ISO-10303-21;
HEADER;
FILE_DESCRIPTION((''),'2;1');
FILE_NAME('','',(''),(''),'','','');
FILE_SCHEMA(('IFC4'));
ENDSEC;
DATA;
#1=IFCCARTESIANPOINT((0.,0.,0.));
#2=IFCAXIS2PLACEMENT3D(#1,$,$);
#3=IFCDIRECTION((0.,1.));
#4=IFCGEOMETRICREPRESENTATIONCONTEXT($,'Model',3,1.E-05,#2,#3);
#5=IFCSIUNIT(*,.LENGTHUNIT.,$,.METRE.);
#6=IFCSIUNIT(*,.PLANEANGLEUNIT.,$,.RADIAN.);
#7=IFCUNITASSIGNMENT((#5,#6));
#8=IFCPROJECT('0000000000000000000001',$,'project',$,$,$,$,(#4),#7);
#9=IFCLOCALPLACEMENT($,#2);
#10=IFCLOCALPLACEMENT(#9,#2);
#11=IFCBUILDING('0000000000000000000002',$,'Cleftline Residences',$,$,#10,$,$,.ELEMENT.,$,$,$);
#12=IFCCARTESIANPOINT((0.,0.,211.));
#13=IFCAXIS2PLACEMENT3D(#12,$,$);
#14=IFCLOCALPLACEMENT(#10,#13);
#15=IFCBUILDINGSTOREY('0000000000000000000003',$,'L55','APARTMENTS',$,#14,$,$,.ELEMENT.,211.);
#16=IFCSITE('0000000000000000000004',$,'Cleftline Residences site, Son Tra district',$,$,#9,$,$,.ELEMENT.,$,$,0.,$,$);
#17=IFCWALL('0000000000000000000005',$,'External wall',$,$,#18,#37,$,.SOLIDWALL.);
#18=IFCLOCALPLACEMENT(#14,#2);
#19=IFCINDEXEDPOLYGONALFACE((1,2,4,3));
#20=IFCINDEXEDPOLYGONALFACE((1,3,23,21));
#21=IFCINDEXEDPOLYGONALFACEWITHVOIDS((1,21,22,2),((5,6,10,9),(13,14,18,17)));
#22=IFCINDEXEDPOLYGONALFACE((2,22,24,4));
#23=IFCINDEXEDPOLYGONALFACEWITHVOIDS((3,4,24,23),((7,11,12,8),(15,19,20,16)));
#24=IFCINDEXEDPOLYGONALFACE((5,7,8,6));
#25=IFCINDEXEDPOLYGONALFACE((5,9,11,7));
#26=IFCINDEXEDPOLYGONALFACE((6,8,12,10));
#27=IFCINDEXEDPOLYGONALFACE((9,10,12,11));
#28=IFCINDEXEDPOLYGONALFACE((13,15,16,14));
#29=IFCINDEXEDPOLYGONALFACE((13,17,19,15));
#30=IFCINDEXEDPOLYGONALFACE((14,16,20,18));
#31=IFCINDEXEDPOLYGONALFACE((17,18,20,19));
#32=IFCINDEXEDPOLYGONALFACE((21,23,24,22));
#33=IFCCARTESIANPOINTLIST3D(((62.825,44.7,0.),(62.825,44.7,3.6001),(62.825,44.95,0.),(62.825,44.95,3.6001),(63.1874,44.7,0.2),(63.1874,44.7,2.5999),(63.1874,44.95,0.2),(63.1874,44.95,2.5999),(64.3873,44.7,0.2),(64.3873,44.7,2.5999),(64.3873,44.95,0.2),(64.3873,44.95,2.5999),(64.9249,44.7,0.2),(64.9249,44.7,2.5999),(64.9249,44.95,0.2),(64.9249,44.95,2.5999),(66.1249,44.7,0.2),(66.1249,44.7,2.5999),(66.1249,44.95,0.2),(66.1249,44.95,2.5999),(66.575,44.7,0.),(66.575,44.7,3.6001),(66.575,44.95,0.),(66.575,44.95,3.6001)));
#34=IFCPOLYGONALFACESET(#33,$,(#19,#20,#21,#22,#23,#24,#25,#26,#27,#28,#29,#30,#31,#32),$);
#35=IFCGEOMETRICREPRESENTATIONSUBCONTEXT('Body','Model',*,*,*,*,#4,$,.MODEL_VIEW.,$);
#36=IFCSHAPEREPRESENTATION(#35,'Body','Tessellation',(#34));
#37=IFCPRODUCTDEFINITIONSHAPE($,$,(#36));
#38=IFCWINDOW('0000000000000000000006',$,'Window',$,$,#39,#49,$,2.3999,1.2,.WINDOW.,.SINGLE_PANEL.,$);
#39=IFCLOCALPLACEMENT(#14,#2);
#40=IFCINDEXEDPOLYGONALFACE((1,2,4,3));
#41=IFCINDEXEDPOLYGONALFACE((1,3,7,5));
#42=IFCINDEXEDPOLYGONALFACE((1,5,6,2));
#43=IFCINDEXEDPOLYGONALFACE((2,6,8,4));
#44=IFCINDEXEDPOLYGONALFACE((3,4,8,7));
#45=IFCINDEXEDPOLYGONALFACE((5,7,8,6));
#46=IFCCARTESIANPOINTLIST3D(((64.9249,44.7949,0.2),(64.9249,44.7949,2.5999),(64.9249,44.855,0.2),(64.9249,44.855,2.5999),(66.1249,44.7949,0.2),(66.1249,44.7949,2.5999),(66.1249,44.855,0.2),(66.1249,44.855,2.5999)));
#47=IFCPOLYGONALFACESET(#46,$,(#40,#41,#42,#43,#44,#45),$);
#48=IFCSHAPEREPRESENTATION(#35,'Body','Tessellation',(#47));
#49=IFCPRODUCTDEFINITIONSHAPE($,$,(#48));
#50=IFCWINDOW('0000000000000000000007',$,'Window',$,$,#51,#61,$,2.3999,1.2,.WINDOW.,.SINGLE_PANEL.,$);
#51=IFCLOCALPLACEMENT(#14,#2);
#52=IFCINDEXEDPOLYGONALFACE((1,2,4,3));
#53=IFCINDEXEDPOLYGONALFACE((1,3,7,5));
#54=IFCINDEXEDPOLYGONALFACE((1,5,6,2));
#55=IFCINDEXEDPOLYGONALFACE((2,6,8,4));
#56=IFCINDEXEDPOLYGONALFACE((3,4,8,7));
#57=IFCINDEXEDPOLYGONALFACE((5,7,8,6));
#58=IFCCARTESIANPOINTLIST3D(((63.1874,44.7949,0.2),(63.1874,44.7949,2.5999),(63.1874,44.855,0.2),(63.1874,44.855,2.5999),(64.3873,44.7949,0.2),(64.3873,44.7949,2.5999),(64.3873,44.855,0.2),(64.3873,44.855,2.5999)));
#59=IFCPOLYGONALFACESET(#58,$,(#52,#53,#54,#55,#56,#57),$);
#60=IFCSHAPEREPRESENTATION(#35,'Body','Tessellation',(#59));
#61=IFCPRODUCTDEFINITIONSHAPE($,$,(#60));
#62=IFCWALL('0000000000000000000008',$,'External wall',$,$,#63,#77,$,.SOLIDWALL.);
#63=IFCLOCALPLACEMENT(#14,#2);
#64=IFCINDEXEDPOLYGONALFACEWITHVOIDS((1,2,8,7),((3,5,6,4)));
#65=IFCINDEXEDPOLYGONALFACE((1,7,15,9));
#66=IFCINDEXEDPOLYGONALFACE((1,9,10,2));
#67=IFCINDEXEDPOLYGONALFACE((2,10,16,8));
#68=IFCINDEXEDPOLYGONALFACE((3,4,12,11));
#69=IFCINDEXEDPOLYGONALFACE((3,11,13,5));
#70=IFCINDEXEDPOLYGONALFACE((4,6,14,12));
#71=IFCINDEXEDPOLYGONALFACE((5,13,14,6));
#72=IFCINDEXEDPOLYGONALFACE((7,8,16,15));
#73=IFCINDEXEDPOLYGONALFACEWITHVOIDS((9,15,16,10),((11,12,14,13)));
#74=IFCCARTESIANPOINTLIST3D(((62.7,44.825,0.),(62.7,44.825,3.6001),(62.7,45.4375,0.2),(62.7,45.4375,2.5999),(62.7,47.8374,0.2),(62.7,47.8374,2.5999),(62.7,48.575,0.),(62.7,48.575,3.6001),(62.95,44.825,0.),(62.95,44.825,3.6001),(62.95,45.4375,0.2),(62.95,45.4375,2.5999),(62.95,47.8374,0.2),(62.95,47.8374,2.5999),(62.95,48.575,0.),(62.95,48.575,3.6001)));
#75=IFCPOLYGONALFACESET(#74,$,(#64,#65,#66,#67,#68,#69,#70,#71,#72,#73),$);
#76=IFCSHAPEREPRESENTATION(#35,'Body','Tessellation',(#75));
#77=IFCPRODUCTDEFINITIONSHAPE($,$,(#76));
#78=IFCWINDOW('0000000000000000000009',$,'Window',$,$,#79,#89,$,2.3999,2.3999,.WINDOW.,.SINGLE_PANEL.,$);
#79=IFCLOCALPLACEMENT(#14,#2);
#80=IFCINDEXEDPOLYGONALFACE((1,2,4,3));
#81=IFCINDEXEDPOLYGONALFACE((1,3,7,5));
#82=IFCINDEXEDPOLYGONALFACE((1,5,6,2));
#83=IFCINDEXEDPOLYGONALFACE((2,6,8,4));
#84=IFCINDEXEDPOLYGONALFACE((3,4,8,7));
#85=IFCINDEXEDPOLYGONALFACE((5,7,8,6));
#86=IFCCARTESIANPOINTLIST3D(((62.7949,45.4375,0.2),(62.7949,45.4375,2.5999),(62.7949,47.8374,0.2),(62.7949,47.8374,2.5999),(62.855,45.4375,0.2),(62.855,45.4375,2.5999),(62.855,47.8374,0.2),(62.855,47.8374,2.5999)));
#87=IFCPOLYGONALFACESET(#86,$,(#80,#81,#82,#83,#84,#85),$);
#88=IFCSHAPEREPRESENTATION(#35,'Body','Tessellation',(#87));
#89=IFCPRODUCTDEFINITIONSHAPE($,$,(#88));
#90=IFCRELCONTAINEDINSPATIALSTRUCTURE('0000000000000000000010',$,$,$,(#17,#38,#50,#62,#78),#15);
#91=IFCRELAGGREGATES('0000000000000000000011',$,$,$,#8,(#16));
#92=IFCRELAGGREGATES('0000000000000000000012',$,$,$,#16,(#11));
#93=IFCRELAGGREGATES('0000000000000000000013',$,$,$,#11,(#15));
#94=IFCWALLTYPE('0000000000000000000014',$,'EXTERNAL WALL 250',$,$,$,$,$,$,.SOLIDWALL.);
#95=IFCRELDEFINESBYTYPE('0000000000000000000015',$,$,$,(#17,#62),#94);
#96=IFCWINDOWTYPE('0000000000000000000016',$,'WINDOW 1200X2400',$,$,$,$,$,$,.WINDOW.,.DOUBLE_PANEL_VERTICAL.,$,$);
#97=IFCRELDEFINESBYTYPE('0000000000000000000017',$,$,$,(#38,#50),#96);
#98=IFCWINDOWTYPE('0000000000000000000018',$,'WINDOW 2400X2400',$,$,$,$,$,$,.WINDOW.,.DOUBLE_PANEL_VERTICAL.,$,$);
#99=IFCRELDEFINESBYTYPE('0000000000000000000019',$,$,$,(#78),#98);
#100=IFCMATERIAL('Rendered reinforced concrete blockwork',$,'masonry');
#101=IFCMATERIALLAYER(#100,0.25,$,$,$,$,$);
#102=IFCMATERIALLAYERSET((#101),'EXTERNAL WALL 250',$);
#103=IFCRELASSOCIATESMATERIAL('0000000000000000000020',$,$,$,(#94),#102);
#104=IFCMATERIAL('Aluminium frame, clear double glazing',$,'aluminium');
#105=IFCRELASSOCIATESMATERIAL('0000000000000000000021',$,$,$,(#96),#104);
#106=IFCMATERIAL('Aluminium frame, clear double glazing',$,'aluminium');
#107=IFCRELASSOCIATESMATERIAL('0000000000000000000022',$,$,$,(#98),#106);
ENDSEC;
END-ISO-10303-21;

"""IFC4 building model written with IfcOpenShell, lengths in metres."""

from ifc_helpers import new_model, si_unit, direction, frame, frame_2d, origin, place, context, subcontext, project, spatial, rectangle, extrude, material, layer, layer_set, type_object, element, fill, save


model = new_model("IFC4")

# Units and contexts
model_context = context("Model", 3, precision=1e-05, world=origin(), true_north=direction((0.0, 1.0)))
body_context = subcontext(model_context, "Body", "Model", "MODEL_VIEW")
ifc_project = project(units=[si_unit("LENGTHUNIT", "METRE"), si_unit("PLANEANGLEUNIT", "RADIAN")], contexts=[model_context])

# Site, building, storey
site_placement = place(None, origin())
site = spatial("IfcSite", under=ifc_project, at=site_placement, Name="Cleftline Residences site, Son Tra district", CompositionType="ELEMENT", RefElevation=0.0)
building_placement = place(site_placement, origin())
building = spatial("IfcBuilding", under=site, at=building_placement, Name="Cleftline Residences", CompositionType="ELEMENT")
storey_placement = place(building_placement, frame((0.0, 0.0, 211.0)))
storey = spatial("IfcBuildingStorey", under=building, at=storey_placement, Name="L55", Description="APARTMENTS", CompositionType="ELEMENT", Elevation=211.0)

# Wall, openings, windows
ifc_material_1 = material(Name="Rendered reinforced concrete blockwork", Category="masonry")
ifc_layer_1 = layer(ifc_material_1, 0.25)
ifc_layer_set_1 = layer_set([ifc_layer_1], Name="EXTERNAL WALL 250")
wall_type_1 = type_object("IfcWallType", Name="EXTERNAL WALL 250", PredefinedType="SOLIDWALL", material=ifc_layer_set_1)
wall_1_placement = place(storey_placement, frame((66.575, 44.825, 0.0), z_axis=(0.0, 0.0, 1.0), x_axis=(-1.0, 0.0, 0.0)))
wall_1 = element("IfcWall", 1, at=wall_1_placement, inside=storey, type_object=wall_type_1, Name="External wall", PredefinedType="SOLIDWALL", context=body_context, shape_type="SweptSolid", body=[
    extrude(rectangle(XDim=3.75, YDim=0.25, at=frame_2d((1.875, 0.0))), origin(), (0.0, 0.0, 1.0), 3.6001),
])
opening_1_placement = place(wall_1_placement, frame((0.45, 0.0, 0.2)))
opening_1 = element("IfcOpeningElement", 2, at=opening_1_placement, cuts=wall_1, PredefinedType="OPENING", context=body_context, shape_type="SweptSolid", body=[
    extrude(rectangle(XDim=1.2, YDim=2.3999, at=frame_2d((0.6001, 1.2))), frame((0.0, 0.135, 0.0), z_axis=(0.0, -1.0, 0.0), x_axis=(1.0, 0.0, 0.0)), (0.0, 0.0, 1.0), 0.27),
])
opening_2_placement = place(wall_1_placement, frame((2.1875, 0.0, 0.2)))
opening_2 = element("IfcOpeningElement", 3, at=opening_2_placement, cuts=wall_1, PredefinedType="OPENING", context=body_context, shape_type="SweptSolid", body=[
    extrude(rectangle(XDim=1.2, YDim=2.3999, at=frame_2d((0.6001, 1.2))), frame((0.0, 0.135, 0.0), z_axis=(0.0, -1.0, 0.0), x_axis=(1.0, 0.0, 0.0)), (0.0, 0.0, 1.0), 0.27),
])
ifc_material_2 = material(Name="Aluminium frame, clear double glazing", Category="aluminium")
window_type_1 = type_object("IfcWindowType", Name="WINDOW 1200X2400", PartitioningType="DOUBLE_PANEL_VERTICAL", PredefinedType="WINDOW", material=ifc_material_2)
window_1_placement = place(opening_1_placement, origin())
window_1 = element("IfcWindow", 4, at=window_1_placement, inside=storey, type_object=window_type_1, Name="Window", OverallHeight=2.3999, OverallWidth=1.2, PartitioningType="SINGLE_PANEL", PredefinedType="WINDOW", context=body_context, shape_type="SweptSolid", body=[
    extrude(rectangle(XDim=1.2, YDim=2.3999, at=frame_2d((0.6001, 1.2))), frame((0.0, 0.03, 0.0), z_axis=(0.0, -1.0, 0.0), x_axis=(1.0, 0.0, 0.0)), (0.0, 0.0, 1.0), 0.0601),
])
fill(opening_1, window_1)
window_2_placement = place(opening_2_placement, origin())
window_2 = element("IfcWindow", 5, at=window_2_placement, inside=storey, type_object=window_type_1, Name="Window", OverallHeight=2.3999, OverallWidth=1.2, PartitioningType="SINGLE_PANEL", PredefinedType="WINDOW", context=body_context, shape_type="SweptSolid", body=[
    extrude(rectangle(XDim=1.2, YDim=2.3999, at=frame_2d((0.6001, 1.2))), frame((0.0, 0.03, 0.0), z_axis=(0.0, -1.0, 0.0), x_axis=(1.0, 0.0, 0.0)), (0.0, 0.0, 1.0), 0.0601),
])
fill(opening_2, window_2)

# Wall, opening, window
wall_2_placement = place(storey_placement, frame((62.825, 44.825, 0.0), z_axis=(0.0, 0.0, 1.0), x_axis=(0.0, 1.0, 0.0)))
wall_2 = element("IfcWall", 6, at=wall_2_placement, inside=storey, type_object=wall_type_1, Name="External wall", PredefinedType="SOLIDWALL", context=body_context, shape_type="SweptSolid", body=[
    extrude(rectangle(XDim=3.75, YDim=0.25, at=frame_2d((1.875, 0.0))), origin(), (0.0, 0.0, 1.0), 3.6001),
])
opening_3_placement = place(wall_2_placement, frame((0.6125, 0.0, 0.2)))
opening_3 = element("IfcOpeningElement", 7, at=opening_3_placement, cuts=wall_2, PredefinedType="OPENING", context=body_context, shape_type="SweptSolid", body=[
    extrude(rectangle(XDim=2.3999, YDim=2.3999, at=frame_2d((1.2, 1.2))), frame((0.0, 0.135, 0.0), z_axis=(0.0, -1.0, 0.0), x_axis=(1.0, 0.0, 0.0)), (0.0, 0.0, 1.0), 0.27),
])
ifc_material_3 = material(Name="Aluminium frame, clear double glazing", Category="aluminium")
window_type_2 = type_object("IfcWindowType", Name="WINDOW 2400X2400", PartitioningType="DOUBLE_PANEL_VERTICAL", PredefinedType="WINDOW", material=ifc_material_3)
window_3_placement = place(opening_3_placement, origin())
window_3 = element("IfcWindow", 8, at=window_3_placement, inside=storey, type_object=window_type_2, Name="Window", OverallHeight=2.3999, OverallWidth=2.3999, PartitioningType="SINGLE_PANEL", PredefinedType="WINDOW", context=body_context, shape_type="SweptSolid", body=[
    extrude(rectangle(XDim=2.3999, YDim=2.3999, at=frame_2d((1.2, 1.2))), frame((0.0, 0.03, 0.0), z_axis=(0.0, -1.0, 0.0), x_axis=(1.0, 0.0, 0.0)), (0.0, 0.0, 1.0), 0.0601),
])
fill(opening_3, window_3)

save(model, "model.ifc")
